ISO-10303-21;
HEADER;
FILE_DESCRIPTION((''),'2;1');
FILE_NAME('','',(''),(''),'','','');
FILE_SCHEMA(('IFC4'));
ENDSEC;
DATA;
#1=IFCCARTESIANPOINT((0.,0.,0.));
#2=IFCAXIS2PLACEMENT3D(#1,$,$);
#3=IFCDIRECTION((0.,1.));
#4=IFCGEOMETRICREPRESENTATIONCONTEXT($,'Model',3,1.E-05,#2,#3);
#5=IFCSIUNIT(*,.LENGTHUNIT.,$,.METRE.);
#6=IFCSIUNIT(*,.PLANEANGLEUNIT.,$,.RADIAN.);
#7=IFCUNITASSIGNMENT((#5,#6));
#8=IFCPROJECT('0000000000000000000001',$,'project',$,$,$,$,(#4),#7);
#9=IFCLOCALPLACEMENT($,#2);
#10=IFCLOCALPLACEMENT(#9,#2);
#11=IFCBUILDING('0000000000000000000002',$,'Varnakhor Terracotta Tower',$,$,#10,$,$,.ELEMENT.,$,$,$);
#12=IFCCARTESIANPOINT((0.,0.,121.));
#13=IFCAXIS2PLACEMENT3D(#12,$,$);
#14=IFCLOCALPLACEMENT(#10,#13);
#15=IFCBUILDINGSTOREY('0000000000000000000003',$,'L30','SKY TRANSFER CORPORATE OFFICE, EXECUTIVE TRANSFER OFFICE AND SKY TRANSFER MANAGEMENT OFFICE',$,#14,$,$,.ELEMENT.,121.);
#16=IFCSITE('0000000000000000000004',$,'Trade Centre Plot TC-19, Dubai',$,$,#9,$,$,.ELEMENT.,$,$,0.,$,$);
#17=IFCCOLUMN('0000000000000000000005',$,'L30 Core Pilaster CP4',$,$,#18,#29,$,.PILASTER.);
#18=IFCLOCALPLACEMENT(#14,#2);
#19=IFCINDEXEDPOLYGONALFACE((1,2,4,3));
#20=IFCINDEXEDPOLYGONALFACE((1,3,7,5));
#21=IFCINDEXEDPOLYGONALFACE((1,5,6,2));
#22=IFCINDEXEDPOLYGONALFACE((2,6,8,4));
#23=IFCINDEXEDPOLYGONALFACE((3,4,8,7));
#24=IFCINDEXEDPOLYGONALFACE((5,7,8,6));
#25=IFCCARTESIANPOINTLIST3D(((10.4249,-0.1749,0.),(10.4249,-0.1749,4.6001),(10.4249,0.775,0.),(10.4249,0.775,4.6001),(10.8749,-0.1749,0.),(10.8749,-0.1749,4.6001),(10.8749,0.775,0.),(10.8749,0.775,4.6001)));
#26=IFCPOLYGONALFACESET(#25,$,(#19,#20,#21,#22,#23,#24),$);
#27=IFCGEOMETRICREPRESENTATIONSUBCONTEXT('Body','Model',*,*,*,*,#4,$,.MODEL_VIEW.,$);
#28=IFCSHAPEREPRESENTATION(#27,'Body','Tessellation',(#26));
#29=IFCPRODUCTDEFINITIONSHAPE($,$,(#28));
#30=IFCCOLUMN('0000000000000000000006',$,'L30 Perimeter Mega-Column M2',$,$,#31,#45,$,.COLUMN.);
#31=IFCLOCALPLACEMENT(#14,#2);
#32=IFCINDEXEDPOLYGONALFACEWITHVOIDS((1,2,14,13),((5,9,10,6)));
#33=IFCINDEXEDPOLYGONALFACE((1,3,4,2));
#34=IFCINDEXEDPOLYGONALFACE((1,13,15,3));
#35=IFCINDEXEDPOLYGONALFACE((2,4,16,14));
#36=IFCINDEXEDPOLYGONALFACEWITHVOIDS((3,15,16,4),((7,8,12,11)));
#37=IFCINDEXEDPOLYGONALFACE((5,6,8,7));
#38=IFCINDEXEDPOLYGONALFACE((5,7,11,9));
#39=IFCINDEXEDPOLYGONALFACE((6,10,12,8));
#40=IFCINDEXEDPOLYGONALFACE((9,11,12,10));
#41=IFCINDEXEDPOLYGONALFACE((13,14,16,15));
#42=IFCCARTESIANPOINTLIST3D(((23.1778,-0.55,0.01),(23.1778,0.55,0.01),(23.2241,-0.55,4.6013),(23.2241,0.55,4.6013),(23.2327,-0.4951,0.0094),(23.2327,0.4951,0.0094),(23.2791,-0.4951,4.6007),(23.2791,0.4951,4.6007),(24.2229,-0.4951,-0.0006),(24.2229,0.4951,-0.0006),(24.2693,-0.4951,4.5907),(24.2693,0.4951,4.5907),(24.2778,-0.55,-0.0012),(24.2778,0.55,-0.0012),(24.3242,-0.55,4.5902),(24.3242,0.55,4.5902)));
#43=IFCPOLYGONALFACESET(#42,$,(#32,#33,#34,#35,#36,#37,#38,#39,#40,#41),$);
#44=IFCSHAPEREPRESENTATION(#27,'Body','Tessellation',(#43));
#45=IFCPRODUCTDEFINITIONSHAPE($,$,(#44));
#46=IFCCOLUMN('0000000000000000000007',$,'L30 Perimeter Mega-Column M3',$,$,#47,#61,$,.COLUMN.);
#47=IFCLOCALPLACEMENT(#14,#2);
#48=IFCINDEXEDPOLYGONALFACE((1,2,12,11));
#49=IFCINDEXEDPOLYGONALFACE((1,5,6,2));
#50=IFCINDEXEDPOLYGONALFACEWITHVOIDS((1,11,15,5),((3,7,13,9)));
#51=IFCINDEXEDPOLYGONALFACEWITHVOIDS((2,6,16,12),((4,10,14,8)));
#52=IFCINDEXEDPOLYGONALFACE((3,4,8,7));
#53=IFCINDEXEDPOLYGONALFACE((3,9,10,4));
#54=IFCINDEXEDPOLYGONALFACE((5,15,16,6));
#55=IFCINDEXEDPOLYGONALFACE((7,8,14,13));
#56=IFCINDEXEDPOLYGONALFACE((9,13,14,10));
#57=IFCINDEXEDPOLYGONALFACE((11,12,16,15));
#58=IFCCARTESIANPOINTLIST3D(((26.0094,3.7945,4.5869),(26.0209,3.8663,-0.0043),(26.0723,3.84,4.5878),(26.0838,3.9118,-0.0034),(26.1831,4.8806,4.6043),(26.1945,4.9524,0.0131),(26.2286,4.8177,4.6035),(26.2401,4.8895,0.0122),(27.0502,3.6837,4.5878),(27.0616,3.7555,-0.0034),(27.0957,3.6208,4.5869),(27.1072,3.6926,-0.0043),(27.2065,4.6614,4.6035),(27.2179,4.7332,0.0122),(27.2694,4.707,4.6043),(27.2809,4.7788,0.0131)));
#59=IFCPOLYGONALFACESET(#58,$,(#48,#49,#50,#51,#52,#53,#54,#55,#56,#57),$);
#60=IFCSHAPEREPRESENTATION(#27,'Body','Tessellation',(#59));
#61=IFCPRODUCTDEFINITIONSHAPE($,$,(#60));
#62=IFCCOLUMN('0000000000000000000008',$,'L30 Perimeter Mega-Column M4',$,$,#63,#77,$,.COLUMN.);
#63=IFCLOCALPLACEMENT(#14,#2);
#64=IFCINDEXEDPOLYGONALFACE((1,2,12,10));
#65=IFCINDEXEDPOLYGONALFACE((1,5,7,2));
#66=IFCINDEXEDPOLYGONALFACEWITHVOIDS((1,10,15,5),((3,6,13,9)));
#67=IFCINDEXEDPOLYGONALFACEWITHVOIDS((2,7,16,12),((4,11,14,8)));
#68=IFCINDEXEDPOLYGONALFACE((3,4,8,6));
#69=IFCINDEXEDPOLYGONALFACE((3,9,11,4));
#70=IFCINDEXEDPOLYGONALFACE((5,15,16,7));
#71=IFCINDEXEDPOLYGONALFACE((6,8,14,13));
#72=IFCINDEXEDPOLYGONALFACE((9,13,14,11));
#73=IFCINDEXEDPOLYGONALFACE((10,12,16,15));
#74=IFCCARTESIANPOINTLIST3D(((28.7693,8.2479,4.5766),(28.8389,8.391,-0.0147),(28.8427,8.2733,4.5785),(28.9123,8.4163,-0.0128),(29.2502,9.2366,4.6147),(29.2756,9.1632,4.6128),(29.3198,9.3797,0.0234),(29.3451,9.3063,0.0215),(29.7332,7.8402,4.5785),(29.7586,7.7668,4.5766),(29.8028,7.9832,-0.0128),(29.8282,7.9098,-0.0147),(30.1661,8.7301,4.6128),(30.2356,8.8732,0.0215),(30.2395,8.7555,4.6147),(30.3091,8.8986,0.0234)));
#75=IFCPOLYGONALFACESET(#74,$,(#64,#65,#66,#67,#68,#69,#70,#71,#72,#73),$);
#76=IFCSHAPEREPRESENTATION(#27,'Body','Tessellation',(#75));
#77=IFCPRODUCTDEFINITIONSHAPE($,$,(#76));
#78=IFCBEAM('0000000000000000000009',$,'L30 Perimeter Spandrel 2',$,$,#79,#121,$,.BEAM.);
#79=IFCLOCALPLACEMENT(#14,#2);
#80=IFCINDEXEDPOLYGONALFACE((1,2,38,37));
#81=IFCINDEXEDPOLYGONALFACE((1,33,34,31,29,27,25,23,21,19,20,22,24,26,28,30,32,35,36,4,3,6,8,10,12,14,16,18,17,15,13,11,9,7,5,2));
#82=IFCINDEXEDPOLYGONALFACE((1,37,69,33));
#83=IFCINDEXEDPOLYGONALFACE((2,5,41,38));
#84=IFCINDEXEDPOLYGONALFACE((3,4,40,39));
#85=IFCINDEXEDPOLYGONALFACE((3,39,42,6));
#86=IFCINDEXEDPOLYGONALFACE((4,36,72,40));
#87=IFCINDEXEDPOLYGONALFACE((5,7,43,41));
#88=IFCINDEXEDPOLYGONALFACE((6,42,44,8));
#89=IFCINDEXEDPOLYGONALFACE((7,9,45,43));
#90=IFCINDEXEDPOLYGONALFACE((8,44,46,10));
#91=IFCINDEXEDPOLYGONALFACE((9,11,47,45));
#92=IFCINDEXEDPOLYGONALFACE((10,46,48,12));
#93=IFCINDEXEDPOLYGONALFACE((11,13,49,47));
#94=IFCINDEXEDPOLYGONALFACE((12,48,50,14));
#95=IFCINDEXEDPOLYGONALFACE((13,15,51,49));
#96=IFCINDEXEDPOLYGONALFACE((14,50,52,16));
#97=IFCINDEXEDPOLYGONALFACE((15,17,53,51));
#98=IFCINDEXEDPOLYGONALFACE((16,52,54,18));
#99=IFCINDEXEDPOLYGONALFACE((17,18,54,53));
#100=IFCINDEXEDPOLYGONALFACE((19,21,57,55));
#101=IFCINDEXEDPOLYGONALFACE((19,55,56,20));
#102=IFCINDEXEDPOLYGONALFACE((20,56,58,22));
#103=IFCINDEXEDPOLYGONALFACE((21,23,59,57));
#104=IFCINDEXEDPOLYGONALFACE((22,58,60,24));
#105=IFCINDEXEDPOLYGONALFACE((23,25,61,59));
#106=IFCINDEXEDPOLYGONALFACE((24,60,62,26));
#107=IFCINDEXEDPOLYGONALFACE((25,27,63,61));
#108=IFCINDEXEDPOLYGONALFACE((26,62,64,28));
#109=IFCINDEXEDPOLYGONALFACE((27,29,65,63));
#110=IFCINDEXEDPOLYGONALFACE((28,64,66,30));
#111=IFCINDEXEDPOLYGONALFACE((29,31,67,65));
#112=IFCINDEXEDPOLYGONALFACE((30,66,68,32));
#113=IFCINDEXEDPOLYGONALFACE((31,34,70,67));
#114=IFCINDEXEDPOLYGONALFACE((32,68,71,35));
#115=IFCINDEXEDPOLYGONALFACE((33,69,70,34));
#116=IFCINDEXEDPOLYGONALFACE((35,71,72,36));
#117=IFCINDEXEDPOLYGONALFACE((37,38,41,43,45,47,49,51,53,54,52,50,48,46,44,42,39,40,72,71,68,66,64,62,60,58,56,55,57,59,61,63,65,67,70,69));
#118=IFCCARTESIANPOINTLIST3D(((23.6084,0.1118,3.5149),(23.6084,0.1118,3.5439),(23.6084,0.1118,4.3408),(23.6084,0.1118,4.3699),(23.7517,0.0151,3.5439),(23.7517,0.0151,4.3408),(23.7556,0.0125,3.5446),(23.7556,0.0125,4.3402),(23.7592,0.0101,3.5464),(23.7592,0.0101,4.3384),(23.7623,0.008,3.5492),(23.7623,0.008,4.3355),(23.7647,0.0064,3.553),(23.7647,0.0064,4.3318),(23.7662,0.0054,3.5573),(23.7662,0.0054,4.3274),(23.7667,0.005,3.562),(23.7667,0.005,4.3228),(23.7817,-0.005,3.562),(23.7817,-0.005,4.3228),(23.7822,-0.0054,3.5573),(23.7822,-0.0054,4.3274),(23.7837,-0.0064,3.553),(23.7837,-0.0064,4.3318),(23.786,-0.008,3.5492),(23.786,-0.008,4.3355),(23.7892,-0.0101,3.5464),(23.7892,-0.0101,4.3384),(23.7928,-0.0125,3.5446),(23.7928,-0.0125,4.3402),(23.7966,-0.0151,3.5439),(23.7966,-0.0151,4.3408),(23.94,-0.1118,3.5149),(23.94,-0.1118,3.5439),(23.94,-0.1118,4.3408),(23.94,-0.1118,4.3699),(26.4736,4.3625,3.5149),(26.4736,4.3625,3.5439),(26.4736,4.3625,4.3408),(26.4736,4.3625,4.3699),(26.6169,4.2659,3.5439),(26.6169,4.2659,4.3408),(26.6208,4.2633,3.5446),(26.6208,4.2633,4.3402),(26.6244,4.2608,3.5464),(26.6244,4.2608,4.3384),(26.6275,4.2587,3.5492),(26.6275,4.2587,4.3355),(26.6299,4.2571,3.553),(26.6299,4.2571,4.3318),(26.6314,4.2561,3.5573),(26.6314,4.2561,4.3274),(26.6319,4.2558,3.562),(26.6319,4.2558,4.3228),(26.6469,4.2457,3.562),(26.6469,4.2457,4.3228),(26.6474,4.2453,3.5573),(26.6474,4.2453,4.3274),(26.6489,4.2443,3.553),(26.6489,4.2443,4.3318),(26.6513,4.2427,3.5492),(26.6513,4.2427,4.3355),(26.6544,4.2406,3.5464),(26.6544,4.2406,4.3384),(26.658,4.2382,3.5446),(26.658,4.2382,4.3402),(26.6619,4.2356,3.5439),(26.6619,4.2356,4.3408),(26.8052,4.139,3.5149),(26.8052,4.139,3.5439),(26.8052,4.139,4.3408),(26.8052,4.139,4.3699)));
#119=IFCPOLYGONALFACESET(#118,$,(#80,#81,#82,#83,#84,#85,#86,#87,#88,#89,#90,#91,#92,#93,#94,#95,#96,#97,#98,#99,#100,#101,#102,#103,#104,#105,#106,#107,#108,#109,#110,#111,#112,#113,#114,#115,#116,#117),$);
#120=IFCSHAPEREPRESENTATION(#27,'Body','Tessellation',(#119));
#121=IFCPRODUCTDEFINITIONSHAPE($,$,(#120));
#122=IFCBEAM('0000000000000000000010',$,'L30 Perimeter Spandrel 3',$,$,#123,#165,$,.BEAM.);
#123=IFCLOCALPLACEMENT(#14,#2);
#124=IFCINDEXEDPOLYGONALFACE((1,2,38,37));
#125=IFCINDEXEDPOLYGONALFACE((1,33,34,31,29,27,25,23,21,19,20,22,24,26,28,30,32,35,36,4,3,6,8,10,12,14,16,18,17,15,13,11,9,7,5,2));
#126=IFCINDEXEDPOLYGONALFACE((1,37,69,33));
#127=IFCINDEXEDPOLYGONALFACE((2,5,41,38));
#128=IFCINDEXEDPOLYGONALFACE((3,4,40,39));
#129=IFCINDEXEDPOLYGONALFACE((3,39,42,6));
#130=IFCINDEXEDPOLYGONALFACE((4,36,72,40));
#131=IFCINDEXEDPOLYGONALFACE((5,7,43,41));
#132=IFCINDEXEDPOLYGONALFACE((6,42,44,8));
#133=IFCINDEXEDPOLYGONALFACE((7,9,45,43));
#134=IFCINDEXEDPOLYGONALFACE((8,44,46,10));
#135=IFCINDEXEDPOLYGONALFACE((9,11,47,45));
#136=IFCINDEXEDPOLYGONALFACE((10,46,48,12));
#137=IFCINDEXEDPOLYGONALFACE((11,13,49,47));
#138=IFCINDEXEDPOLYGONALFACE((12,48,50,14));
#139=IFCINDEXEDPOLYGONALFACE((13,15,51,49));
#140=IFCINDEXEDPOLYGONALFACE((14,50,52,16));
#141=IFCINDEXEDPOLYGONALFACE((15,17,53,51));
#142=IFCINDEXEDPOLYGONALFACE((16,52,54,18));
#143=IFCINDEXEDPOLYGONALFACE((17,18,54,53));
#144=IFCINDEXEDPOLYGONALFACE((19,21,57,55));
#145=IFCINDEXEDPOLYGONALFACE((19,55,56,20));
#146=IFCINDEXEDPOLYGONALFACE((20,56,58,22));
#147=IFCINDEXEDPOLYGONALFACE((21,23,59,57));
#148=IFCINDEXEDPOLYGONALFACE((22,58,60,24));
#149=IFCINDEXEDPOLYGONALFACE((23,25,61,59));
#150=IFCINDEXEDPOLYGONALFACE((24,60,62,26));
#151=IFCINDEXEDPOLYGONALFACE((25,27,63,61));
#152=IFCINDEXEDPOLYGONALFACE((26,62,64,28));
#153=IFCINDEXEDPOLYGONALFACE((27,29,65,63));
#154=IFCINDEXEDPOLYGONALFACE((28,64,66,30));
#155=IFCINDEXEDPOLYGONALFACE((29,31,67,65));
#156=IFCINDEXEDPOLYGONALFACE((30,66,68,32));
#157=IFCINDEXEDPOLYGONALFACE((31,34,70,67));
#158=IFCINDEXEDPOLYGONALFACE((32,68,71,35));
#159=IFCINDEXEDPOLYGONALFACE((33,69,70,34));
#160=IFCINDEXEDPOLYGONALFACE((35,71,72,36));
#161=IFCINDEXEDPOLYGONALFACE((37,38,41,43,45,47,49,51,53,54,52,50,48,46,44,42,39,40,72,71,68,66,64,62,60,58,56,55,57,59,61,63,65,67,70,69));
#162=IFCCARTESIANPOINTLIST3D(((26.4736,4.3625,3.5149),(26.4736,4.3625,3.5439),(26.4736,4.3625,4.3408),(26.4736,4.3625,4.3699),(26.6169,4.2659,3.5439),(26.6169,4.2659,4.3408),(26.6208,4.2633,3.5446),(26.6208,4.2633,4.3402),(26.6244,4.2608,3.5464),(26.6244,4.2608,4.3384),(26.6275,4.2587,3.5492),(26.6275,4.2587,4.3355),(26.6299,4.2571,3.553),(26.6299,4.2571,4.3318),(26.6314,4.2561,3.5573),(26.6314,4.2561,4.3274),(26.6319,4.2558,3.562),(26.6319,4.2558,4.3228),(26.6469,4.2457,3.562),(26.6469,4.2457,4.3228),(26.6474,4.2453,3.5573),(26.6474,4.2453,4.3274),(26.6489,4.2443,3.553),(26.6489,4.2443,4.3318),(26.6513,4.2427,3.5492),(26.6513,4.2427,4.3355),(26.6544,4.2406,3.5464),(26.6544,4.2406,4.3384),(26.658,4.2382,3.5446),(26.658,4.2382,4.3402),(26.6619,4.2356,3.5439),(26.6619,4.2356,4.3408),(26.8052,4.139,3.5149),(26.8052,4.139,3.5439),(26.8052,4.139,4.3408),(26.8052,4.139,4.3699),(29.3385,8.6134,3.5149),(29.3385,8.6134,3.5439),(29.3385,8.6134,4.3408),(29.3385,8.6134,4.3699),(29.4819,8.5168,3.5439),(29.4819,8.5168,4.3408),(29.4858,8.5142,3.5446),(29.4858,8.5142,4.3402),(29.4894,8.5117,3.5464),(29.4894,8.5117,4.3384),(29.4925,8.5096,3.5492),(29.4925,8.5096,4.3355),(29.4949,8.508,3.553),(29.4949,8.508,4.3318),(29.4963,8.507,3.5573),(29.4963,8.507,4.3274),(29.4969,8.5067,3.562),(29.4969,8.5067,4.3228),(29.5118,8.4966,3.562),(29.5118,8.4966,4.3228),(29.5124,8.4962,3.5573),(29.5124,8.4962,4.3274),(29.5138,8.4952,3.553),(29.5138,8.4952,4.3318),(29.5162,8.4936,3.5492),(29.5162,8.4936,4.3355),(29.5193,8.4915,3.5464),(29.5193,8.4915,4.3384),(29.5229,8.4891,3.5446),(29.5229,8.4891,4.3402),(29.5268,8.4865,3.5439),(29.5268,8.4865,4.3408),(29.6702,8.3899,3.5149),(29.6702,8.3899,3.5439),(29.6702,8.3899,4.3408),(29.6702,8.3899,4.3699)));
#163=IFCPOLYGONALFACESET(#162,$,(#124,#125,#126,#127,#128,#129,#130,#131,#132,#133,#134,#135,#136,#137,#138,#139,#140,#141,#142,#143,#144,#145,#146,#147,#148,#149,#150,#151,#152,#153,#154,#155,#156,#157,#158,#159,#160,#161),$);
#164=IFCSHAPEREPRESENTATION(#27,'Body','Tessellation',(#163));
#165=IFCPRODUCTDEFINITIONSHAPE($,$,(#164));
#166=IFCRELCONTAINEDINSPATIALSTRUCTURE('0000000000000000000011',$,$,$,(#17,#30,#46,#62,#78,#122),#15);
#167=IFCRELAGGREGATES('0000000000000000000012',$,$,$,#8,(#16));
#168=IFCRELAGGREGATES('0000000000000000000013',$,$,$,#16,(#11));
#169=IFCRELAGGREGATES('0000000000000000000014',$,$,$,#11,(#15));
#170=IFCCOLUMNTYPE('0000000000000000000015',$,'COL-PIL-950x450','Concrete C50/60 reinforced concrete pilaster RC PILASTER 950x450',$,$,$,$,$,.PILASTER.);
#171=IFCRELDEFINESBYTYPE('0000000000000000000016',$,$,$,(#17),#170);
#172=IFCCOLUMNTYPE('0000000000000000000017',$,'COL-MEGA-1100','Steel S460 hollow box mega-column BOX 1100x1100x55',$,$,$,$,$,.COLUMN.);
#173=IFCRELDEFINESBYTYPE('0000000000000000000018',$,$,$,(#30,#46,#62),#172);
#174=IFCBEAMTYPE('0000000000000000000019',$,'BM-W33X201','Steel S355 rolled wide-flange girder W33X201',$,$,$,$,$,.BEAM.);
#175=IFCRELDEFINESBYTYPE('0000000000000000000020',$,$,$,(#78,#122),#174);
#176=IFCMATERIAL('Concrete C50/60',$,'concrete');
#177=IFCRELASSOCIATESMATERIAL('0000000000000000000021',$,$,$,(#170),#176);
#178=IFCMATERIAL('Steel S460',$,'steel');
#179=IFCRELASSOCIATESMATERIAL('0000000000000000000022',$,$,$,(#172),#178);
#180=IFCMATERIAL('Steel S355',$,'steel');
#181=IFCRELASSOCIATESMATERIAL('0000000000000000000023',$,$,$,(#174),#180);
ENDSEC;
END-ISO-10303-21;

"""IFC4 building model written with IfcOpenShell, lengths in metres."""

from ifc_helpers import new_model, si_unit, direction, frame, origin, origin_2d, place, context, subcontext, project, spatial, rectangle, hollow_rectangle, i_section, extrude, source, transform, mapped, material, material_profile, profile_set, type_object, type_shapes, element, save


model = new_model("IFC4")

# Units and contexts
model_context = context("Model", 3, precision=1e-05, world=origin(), true_north=direction((0.0, 1.0)))
body_context = subcontext(model_context, "Body", "Model", "MODEL_VIEW")
ifc_project = project(units=[si_unit("LENGTHUNIT", "METRE"), si_unit("PLANEANGLEUNIT", "RADIAN")], contexts=[model_context])

# Site, building, storey
site_placement = place(None, origin())
site = spatial("IfcSite", under=ifc_project, at=site_placement, Name="Trade Centre Plot TC-19, Dubai", CompositionType="ELEMENT", RefElevation=0.0)
building_placement = place(site_placement, origin())
building = spatial("IfcBuilding", under=site, at=building_placement, Name="Varnakhor Terracotta Tower", CompositionType="ELEMENT")
storey_placement = place(building_placement, frame((0.0, 0.0, 121.0)))
storey = spatial("IfcBuildingStorey", under=building, at=storey_placement, Name="L30", Description="SKY TRANSFER CORPORATE OFFICE, EXECUTIVE TRANSFER OFFICE AND SKY TRANSFER MANAGEMENT OFFICE", CompositionType="ELEMENT", Elevation=121.0)

# Columns
ifc_material_1 = material(Name="Concrete C50/60", Category="concrete")
ifc_material_profile_1 = material_profile(ifc_material_1, rectangle(XDim=0.45, YDim=0.95, at=origin_2d()), Name="RC PILASTER 950x450")
ifc_profile_set_1 = profile_set([ifc_material_profile_1], Name="Concrete C50/60")
column_type_1 = type_object("IfcColumnType", Name="COL-PIL-950x450", Description="Concrete C50/60 reinforced concrete pilaster RC PILASTER 950x450", PredefinedType="PILASTER", material=ifc_profile_set_1)
shared_shape_1 = source(origin(), body_context, "Body", "SweptSolid", [
    extrude(rectangle(XDim=0.45, YDim=0.95, at=origin_2d()), origin(), (0.0, 0.0, 1.0), 4.6001),
])
column_1_placement = place(storey_placement, frame((10.6499, 0.3, 0.0), z_axis=(0.0, 0.0, 1.0), x_axis=(1.0, 0.0, 0.0)))
element("IfcColumn", 1, at=column_1_placement, inside=storey, type_object=column_type_1, Name="L30 Core Pilaster CP4", PredefinedType="PILASTER", context=body_context, shape_type="MappedRepresentation", body=[
    mapped(shared_shape_1, transform((0.0, 0.0, 0.0), scale=1.0)),
])
ifc_material_2 = material(Name="Steel S460", Category="steel")
ifc_material_profile_2 = material_profile(ifc_material_2, hollow_rectangle(XDim=1.1001, YDim=1.1001, WallThickness=0.0549, at=origin_2d()), Name="BOX 1100x1100x55")
ifc_profile_set_2 = profile_set([ifc_material_profile_2], Name="Steel S460")
column_type_2 = type_object("IfcColumnType", Name="COL-MEGA-1100", Description="Steel S460 hollow box mega-column BOX 1100x1100x55", PredefinedType="COLUMN", material=ifc_profile_set_2)
shared_shape_2 = source(origin(), body_context, "Body", "SweptSolid", [
    extrude(hollow_rectangle(XDim=1.1001, YDim=1.1001, WallThickness=0.0549, at=origin_2d()), origin(), (0.0, 0.0, 1.0), 4.5916),
])
type_shapes(column_type_2, [shared_shape_2])
column_2_placement = place(storey_placement, frame((23.7278, 0.0, 0.0044), z_axis=(0.010103, 0.0, 0.999949), x_axis=(0.0, 1.0, 0.0)))
element("IfcColumn", 2, at=column_2_placement, inside=storey, type_object=column_type_2, Name="L30 Perimeter Mega-Column M2", PredefinedType="COLUMN", context=body_context, shape_type="MappedRepresentation", body=[
    mapped(shared_shape_2, transform((0.0, 0.0, 0.0), scale=1.0)),
])
shared_shape_3 = source(origin(), body_context, "Body", "SweptSolid", [
    extrude(hollow_rectangle(XDim=1.1001, YDim=1.1001, WallThickness=0.0549, at=origin_2d()), origin(), (0.0, 0.0, 1.0), 4.5918),
])
column_3_placement = place(storey_placement, frame((26.6509, 4.3225, 0.0044), z_axis=(-0.002499, -0.015631, 0.999875), x_axis=(0.987462, -0.15786, 0.0)))
element("IfcColumn", 3, at=column_3_placement, inside=storey, type_object=column_type_2, Name="L30 Perimeter Mega-Column M3", PredefinedType="COLUMN", context=body_context, shape_type="MappedRepresentation", body=[
    mapped(shared_shape_3, transform((0.0, 0.0, 0.0), scale=1.0)),
])
shared_shape_4 = source(origin(), body_context, "Body", "SweptSolid", [
    extrude(hollow_rectangle(XDim=1.1001, YDim=1.1001, WallThickness=0.0549, at=origin_2d()), origin(), (0.0, 0.0, 1.0), 4.594),
])
column_4_placement = place(storey_placement, frame((29.574, 8.6448, 0.0044), z_axis=(-0.015146, -0.031142, 0.9994), x_axis=(0.899284, -0.437365, 0.0)))
element("IfcColumn", 4, at=column_4_placement, inside=storey, type_object=column_type_2, Name="L30 Perimeter Mega-Column M4", PredefinedType="COLUMN", context=body_context, shape_type="MappedRepresentation", body=[
    mapped(shared_shape_4, transform((0.0, 0.0, 0.0), scale=1.0)),
])

# Beams
ifc_material_3 = material(Name="Steel S355", Category="steel")
ifc_material_profile_3 = material_profile(ifc_material_3, i_section(OverallWidth=0.3999, OverallDepth=0.855, WebThickness=0.0181, FlangeThickness=0.0291, FilletRadius=0.0181, at=origin_2d()), Name="W33X201")
ifc_profile_set_3 = profile_set([ifc_material_profile_3], Name="Steel S355")
beam_type_1 = type_object("IfcBeamType", Name="BM-W33X201", Description="Steel S355 rolled wide-flange girder W33X201", PredefinedType="BEAM", material=ifc_profile_set_3)
shared_shape_5 = source(origin(), body_context, "Body", "SweptSolid", [
    extrude(i_section(OverallWidth=0.3999, OverallDepth=0.855, WebThickness=0.0181, FlangeThickness=0.0291, FilletRadius=0.0181, at=origin_2d()), origin(), (0.0, 0.0, 1.0), 5.1262),
])
for number, where, z_axis, x_axis, name in (
    (5, (23.7742, 0.0, 3.9424), (0.558935, 0.829211, 0.0), (-0.829211, 0.558935, 0.0), "L30 Perimeter Spandrel 2"),
    (6, (26.6394, 4.2507, 3.9424), (0.558881, 0.829248, 0.0), (-0.829248, 0.558881, 0.0), "L30 Perimeter Spandrel 3"),
):
    element("IfcBeam", number, at=place(storey_placement, frame(where, z_axis=z_axis, x_axis=x_axis)), inside=storey, type_object=beam_type_1, Name=name, PredefinedType="BEAM", context=body_context, shape_type="MappedRepresentation", body=[
        mapped(shared_shape_5, transform((0.0, 0.0, 0.0), scale=1.0)),
    ])

save(model, "model.ifc")
